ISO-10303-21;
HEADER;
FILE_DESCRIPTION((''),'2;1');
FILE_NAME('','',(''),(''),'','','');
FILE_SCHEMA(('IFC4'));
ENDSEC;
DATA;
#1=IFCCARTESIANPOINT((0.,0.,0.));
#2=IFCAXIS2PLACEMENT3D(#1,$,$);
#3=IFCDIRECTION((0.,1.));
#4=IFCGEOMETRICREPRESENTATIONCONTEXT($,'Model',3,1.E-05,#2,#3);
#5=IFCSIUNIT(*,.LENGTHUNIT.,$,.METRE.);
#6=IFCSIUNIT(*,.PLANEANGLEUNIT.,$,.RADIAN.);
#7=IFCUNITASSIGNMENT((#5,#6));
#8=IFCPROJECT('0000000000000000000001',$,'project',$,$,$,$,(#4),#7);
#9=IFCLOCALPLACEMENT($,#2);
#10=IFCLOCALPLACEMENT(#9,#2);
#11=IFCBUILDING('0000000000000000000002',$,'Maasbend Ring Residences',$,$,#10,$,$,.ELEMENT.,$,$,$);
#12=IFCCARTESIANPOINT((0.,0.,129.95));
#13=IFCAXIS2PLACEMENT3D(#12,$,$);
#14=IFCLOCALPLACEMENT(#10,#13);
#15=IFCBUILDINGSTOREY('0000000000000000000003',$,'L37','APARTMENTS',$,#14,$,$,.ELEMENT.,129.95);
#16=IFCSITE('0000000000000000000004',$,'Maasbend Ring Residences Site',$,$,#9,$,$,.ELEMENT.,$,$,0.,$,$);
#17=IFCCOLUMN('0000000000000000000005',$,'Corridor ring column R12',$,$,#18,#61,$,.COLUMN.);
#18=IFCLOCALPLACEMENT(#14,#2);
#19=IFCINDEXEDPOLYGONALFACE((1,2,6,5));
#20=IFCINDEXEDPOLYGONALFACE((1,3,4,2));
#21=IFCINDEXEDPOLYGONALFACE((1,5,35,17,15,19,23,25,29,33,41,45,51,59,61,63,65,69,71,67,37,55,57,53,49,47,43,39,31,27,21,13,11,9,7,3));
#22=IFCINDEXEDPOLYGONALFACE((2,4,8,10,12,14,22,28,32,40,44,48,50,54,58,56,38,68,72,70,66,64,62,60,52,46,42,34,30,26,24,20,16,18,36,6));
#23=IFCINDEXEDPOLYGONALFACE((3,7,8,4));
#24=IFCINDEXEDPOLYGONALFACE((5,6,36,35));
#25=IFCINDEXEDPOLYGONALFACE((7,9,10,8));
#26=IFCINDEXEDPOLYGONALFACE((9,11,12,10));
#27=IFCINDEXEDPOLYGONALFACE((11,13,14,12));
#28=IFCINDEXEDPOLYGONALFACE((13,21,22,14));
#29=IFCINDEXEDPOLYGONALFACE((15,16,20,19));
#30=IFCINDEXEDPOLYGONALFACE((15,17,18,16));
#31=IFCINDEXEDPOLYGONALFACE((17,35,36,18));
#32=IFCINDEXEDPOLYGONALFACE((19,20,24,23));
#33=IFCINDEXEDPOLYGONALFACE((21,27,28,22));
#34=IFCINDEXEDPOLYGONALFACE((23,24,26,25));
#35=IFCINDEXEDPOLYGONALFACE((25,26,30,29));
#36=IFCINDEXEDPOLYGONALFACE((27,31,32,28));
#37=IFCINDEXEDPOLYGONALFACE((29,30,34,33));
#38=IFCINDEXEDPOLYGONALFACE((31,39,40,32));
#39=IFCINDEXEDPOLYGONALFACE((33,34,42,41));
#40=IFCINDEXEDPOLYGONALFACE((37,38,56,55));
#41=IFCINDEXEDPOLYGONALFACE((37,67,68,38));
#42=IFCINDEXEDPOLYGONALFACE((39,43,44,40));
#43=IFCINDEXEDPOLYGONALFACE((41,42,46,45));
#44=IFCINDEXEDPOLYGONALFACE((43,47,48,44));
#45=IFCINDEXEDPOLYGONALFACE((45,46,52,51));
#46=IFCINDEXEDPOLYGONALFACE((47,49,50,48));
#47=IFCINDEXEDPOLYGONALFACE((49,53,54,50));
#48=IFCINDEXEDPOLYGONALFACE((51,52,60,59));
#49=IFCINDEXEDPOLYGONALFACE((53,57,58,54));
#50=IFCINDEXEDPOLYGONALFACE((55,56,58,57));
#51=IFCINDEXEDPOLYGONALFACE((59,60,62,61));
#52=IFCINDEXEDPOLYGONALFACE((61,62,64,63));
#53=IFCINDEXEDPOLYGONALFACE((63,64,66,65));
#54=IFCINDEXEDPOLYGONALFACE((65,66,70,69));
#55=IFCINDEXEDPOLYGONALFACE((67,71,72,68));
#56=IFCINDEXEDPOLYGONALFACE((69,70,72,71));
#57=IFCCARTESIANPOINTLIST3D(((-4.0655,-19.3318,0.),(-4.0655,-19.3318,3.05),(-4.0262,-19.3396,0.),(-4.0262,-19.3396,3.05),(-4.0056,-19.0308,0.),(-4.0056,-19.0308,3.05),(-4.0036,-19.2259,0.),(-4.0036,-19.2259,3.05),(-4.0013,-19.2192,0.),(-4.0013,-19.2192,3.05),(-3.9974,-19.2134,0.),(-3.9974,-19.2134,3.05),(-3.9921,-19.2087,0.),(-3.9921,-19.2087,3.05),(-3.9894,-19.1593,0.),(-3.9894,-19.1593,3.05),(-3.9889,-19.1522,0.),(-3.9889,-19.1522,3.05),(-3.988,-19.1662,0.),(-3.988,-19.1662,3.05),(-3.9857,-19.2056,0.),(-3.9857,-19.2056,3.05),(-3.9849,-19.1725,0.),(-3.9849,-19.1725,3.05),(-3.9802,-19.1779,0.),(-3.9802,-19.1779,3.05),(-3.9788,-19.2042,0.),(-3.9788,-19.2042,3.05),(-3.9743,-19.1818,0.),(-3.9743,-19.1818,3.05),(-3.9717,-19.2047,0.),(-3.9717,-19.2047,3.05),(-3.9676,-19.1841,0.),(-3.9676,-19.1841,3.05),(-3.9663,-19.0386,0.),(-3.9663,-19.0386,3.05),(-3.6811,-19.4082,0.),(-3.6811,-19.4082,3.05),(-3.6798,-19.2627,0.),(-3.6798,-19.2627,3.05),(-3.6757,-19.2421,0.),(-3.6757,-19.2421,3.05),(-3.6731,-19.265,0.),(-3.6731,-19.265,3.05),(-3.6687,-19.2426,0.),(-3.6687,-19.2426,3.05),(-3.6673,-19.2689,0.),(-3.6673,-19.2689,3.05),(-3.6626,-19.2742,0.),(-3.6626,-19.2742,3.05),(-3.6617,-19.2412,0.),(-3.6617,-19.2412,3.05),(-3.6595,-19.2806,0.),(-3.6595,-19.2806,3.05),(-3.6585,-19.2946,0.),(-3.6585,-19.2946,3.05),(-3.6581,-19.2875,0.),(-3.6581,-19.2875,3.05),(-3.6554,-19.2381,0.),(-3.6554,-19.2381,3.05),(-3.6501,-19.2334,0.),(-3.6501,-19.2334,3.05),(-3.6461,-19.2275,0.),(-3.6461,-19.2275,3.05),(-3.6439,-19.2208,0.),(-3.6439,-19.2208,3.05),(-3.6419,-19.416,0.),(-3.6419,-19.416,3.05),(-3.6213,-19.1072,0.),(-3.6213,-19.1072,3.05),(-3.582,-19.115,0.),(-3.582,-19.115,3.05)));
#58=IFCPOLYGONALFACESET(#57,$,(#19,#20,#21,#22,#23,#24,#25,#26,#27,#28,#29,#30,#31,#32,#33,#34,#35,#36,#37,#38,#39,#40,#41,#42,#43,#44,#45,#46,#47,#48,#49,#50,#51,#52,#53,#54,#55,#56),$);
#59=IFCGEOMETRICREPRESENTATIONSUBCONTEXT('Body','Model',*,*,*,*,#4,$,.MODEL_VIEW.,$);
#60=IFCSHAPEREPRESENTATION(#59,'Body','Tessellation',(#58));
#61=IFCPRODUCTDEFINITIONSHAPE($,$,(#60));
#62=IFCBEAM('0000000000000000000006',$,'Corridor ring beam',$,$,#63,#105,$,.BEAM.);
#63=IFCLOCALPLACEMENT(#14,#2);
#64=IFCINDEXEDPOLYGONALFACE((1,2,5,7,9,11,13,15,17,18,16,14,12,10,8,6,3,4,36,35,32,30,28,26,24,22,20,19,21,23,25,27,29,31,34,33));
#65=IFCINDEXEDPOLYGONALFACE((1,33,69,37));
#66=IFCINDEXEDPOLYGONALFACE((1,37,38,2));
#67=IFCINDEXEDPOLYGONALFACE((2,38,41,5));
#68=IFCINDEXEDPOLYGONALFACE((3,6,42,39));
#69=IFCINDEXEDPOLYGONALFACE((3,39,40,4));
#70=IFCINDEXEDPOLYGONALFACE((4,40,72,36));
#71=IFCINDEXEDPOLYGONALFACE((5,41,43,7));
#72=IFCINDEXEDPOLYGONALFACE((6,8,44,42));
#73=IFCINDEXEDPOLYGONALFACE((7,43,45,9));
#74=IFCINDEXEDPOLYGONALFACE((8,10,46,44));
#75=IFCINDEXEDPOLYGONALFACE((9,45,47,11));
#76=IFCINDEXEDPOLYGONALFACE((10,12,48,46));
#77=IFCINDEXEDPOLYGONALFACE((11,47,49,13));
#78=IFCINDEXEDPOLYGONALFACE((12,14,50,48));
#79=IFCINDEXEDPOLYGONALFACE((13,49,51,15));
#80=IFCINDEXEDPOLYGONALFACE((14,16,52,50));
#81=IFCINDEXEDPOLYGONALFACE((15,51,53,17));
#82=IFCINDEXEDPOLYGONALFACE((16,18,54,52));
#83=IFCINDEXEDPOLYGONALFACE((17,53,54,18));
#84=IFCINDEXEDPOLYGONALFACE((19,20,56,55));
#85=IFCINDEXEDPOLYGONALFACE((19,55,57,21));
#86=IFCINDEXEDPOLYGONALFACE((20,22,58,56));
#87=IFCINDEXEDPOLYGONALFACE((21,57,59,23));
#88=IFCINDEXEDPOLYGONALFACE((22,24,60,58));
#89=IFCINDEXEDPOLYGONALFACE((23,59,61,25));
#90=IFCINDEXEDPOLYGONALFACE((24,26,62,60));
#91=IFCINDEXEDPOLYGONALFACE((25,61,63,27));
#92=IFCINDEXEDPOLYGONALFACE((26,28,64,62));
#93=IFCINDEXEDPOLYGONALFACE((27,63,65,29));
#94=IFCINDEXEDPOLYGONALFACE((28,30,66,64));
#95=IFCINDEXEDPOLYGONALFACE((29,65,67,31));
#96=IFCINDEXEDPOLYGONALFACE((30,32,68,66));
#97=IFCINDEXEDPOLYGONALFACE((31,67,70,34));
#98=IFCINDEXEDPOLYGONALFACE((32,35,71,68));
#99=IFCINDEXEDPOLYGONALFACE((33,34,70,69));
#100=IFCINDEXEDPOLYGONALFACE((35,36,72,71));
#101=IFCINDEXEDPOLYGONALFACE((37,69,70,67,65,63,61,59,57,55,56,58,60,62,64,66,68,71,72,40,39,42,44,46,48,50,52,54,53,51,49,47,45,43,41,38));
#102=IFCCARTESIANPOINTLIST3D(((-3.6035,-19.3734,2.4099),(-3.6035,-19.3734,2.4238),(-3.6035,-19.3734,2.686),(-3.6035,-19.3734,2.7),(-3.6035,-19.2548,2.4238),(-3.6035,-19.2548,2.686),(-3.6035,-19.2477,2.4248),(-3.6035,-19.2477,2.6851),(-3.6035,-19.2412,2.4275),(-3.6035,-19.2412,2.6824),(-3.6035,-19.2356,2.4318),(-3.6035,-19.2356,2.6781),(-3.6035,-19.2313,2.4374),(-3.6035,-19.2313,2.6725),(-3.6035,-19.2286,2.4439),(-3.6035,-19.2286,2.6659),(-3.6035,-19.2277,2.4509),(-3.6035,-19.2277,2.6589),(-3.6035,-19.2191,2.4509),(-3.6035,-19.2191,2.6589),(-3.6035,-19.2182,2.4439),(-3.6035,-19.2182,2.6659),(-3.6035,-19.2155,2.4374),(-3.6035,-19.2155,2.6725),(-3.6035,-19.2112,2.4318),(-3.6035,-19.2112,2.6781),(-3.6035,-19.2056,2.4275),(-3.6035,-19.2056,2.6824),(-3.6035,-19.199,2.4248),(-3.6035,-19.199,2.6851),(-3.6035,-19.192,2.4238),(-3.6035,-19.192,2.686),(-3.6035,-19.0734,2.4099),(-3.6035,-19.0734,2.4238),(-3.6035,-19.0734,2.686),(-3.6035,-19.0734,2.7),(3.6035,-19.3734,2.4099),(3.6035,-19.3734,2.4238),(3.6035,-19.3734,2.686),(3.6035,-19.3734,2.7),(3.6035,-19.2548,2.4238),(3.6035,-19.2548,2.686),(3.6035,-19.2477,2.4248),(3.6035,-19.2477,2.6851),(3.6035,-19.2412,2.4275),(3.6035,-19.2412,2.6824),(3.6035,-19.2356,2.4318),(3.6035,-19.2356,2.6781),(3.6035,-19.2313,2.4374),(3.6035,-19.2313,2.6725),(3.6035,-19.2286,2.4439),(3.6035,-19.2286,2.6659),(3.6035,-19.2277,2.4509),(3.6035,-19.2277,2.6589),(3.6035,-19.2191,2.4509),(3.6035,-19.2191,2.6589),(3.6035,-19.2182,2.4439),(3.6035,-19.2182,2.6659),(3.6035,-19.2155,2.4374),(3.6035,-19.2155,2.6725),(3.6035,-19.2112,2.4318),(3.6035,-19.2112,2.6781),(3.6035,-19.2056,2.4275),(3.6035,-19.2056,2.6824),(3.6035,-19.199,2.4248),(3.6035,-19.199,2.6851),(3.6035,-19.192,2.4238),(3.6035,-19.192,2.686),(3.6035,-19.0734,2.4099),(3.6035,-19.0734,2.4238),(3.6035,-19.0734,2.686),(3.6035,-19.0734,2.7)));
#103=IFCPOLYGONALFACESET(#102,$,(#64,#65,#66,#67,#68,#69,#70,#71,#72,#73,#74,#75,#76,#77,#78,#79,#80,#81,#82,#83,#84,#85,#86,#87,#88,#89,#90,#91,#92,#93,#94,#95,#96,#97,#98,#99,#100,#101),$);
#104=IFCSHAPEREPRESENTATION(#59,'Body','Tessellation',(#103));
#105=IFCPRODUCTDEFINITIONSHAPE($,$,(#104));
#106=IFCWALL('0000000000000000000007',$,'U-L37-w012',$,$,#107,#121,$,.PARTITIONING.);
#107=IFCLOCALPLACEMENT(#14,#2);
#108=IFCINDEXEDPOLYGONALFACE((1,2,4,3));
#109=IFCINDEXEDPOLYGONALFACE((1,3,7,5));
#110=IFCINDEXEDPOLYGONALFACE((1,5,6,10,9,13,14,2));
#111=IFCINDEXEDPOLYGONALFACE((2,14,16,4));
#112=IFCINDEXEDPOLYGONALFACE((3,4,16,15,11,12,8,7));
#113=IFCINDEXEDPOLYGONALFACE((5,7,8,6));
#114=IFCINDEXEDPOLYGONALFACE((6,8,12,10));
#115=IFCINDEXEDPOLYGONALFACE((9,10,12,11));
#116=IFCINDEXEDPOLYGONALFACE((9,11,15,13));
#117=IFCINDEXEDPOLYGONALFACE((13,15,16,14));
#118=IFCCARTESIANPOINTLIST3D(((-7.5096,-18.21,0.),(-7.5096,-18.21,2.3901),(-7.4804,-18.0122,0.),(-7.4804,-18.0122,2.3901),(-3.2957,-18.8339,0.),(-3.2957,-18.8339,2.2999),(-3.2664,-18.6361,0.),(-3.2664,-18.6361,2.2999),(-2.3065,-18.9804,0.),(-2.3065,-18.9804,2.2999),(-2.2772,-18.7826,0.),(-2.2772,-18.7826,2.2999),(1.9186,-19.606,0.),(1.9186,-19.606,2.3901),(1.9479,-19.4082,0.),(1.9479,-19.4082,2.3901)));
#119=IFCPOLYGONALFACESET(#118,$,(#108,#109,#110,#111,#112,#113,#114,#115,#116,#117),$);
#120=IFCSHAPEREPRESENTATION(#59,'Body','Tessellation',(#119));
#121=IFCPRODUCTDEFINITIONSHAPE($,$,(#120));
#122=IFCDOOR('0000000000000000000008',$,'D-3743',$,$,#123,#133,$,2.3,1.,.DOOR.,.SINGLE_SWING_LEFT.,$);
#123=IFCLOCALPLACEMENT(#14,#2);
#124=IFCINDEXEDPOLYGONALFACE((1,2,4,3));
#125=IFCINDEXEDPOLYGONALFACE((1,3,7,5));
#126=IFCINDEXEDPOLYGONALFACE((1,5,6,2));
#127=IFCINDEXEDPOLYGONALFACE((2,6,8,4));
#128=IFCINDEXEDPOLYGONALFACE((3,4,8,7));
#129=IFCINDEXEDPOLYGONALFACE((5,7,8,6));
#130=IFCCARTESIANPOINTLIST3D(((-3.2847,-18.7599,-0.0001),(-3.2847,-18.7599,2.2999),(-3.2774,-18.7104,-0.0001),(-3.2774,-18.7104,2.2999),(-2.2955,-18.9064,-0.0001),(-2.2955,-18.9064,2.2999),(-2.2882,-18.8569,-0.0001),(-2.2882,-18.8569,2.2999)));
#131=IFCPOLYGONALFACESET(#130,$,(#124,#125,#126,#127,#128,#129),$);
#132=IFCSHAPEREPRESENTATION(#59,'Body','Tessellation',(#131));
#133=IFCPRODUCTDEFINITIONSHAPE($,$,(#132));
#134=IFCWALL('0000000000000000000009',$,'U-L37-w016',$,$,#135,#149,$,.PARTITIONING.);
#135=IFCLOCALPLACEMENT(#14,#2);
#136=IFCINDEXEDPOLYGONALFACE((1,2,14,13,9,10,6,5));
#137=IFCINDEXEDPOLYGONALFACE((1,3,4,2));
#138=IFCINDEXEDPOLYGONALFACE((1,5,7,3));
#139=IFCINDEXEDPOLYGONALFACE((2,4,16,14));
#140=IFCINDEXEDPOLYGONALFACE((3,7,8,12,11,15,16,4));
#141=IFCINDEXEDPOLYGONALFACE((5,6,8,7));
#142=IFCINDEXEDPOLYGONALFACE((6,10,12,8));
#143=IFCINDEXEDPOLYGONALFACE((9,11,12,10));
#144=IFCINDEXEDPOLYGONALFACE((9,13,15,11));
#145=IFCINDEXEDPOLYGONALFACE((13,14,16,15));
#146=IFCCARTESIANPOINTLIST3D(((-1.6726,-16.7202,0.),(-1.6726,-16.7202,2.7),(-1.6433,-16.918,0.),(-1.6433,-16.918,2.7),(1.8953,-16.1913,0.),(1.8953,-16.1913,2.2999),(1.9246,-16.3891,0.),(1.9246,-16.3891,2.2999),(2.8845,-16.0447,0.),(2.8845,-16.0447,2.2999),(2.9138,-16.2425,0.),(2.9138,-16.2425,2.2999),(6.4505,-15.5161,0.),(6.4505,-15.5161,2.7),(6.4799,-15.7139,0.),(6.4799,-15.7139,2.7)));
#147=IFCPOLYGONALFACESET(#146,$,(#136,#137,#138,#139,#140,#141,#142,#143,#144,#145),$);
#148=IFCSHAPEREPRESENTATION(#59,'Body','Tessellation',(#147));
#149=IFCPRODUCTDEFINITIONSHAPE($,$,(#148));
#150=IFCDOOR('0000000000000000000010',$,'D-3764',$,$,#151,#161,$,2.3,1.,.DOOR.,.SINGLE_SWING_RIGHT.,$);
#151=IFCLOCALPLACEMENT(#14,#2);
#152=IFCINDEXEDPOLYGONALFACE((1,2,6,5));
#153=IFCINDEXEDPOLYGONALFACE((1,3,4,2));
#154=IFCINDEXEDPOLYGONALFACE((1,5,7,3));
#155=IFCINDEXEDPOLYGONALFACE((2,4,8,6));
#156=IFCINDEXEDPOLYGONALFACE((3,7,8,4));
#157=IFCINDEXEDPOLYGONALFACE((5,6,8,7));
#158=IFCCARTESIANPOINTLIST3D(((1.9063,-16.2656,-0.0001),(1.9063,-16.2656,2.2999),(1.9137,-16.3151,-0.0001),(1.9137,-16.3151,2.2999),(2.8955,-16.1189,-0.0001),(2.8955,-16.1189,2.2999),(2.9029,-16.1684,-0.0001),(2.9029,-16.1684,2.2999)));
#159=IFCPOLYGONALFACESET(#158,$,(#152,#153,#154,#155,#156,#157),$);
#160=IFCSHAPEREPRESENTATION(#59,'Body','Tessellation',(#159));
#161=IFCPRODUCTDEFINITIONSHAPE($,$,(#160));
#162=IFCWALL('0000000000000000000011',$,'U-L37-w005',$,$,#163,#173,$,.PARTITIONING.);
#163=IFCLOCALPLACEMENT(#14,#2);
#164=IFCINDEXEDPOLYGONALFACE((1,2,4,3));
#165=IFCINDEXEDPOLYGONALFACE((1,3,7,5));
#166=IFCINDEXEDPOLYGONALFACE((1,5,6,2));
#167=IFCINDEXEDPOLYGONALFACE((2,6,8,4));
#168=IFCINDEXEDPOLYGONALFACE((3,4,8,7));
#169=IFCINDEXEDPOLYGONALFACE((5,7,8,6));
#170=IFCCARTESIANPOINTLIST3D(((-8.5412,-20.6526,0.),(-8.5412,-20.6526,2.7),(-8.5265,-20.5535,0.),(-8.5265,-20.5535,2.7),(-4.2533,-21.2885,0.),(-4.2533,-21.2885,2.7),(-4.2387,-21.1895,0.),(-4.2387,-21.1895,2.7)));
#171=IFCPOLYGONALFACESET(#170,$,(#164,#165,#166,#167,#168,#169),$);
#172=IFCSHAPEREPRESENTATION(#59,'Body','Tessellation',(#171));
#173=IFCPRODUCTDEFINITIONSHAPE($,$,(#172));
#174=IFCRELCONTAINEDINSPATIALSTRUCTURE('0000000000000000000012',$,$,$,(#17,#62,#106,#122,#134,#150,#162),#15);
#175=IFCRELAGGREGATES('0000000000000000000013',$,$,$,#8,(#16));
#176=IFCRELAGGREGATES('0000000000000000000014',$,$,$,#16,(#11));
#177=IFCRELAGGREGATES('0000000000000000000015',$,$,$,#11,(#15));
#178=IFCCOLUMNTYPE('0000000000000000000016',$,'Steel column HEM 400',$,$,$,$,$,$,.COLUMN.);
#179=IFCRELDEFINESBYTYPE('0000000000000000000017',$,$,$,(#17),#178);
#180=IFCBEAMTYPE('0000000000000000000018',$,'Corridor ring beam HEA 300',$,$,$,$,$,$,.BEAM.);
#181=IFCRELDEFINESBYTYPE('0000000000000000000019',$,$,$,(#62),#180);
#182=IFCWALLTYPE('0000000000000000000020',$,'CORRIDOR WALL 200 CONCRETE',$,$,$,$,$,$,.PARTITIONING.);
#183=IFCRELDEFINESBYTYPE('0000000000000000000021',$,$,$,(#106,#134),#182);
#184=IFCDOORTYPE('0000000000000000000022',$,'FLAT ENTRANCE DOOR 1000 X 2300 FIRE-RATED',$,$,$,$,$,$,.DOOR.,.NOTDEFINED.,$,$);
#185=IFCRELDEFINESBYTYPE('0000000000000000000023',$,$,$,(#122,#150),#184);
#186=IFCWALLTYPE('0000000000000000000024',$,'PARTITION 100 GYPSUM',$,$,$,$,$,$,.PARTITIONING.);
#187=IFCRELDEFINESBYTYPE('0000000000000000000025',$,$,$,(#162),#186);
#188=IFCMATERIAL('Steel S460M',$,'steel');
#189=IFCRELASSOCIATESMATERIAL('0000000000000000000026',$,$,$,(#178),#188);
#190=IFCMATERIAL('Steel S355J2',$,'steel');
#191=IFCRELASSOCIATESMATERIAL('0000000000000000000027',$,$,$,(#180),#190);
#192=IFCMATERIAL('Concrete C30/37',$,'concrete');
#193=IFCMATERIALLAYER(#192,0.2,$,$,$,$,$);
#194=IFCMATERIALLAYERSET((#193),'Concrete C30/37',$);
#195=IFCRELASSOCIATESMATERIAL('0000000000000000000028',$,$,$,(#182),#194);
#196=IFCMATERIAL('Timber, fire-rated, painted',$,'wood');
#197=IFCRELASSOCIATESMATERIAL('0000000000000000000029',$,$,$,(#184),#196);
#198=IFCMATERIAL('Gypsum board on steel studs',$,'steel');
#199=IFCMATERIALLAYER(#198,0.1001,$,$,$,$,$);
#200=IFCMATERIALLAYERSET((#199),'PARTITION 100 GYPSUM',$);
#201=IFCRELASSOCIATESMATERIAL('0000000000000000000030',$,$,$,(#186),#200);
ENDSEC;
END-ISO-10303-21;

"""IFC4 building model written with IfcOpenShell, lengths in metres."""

from ifc_helpers import new_model, si_unit, direction, frame, frame_2d, origin, origin_2d, place, context, subcontext, project, spatial, rectangle, i_section, extrude, material, layer, layer_set, material_profile, profile_set, type_object, element, fill, save


model = new_model("IFC4")

# Units and contexts
model_context = context("Model", 3, precision=1e-05, world=origin(), true_north=direction((0.0, 1.0)))
body_context = subcontext(model_context, "Body", "Model", "MODEL_VIEW")
ifc_project = project(units=[si_unit("LENGTHUNIT", "METRE"), si_unit("PLANEANGLEUNIT", "RADIAN")], contexts=[model_context])

# Site, building, storey
site_placement = place(None, origin())
site = spatial("IfcSite", under=ifc_project, at=site_placement, Name="Maasbend Ring Residences Site", CompositionType="ELEMENT", RefElevation=0.0)
building_placement = place(site_placement, origin())
building = spatial("IfcBuilding", under=site, at=building_placement, Name="Maasbend Ring Residences", CompositionType="ELEMENT")
storey_placement = place(building_placement, frame((0.0, 0.0, 129.95)))
storey = spatial("IfcBuildingStorey", under=building, at=storey_placement, Name="L37", Description="APARTMENTS", CompositionType="ELEMENT", Elevation=129.95)

# Column
ifc_material_1 = material(Name="Steel S460M", Category="steel")
ifc_material_profile_1 = material_profile(ifc_material_1, i_section(OverallWidth=0.3069, OverallDepth=0.4319, WebThickness=0.021, FlangeThickness=0.04, FilletRadius=0.0271, at=origin_2d()), Name="HEM 400")
ifc_profile_set_1 = profile_set([ifc_material_profile_1], Name="Steel S460M")
column_type = type_object("IfcColumnType", Name="Steel column HEM 400", PredefinedType="COLUMN", material=ifc_profile_set_1)
column_placement = place(storey_placement, frame((-3.8237, -19.2234, 0.0), z_axis=(0.0, 0.0, 1.0), x_axis=(-0.19509, -0.980785, 0.0)))
element("IfcColumn", 1, at=column_placement, inside=storey, type_object=column_type, Name="Corridor ring column R12", PredefinedType="COLUMN", context=body_context, shape_type="SweptSolid", body=[
    extrude(i_section(OverallWidth=0.3069, OverallDepth=0.4319, WebThickness=0.021, FlangeThickness=0.04, FilletRadius=0.0271, at=origin_2d()), origin(), (0.0, 0.0, 1.0), 3.05),
])

# Beam
ifc_material_2 = material(Name="Steel S355J2", Category="steel")
ifc_material_profile_2 = material_profile(ifc_material_2, i_section(OverallWidth=0.3, OverallDepth=0.29, WebThickness=0.0085, FlangeThickness=0.0139, FilletRadius=0.0271, at=origin_2d()), Name="HEA 300")
ifc_profile_set_2 = profile_set([ifc_material_profile_2], Name="Steel S355J2")
beam_type = type_object("IfcBeamType", Name="Corridor ring beam HEA 300", PredefinedType="BEAM", material=ifc_profile_set_2)
beam_placement = place(storey_placement, frame((-3.6035, -19.2234, 2.5549), z_axis=(1.0, 0.0, 0.0), x_axis=(0.0, 1.0, 0.0)))
element("IfcBeam", 2, at=beam_placement, inside=storey, type_object=beam_type, Name="Corridor ring beam", PredefinedType="BEAM", context=body_context, shape_type="SweptSolid", body=[
    extrude(i_section(OverallWidth=0.3, OverallDepth=0.29, WebThickness=0.0085, FlangeThickness=0.0139, FilletRadius=0.0271, at=origin_2d()), origin(), (0.0, 0.0, 1.0), 7.207),
])

# Walls, openings, doors
ifc_material_3 = material(Name="Concrete C30/37", Category="concrete")
ifc_layer_1 = layer(ifc_material_3, 0.2)
ifc_layer_set_1 = layer_set([ifc_layer_1], Name="Concrete C30/37")
wall_type_1 = type_object("IfcWallType", Name="CORRIDOR WALL 200 CONCRETE", PredefinedType="PARTITIONING", material=ifc_layer_set_1)
wall_1_placement = place(storey_placement, frame((-7.4951, -18.1111, 0.0), z_axis=(0.0, 0.0, 1.0), x_axis=(0.989215, -0.146469, 0.0)))
wall_1 = element("IfcWall", 3, at=wall_1_placement, inside=storey, type_object=wall_type_1, Name="U-L37-w012", PredefinedType="PARTITIONING", context=body_context, shape_type="SweptSolid", body=[
    extrude(rectangle(XDim=9.531, YDim=0.2, at=frame_2d((4.7656, 0.0))), origin(), (0.0, 0.0, 1.0), 2.3901),
])
opening_1_placement = place(wall_1_placement, frame((4.26, 0.0, 0.0)))
opening_1 = element("IfcOpeningElement", 4, at=opening_1_placement, cuts=wall_1, PredefinedType="OPENING", context=body_context, shape_type="SweptSolid", body=[
    extrude(rectangle(XDim=1.0, YDim=2.3, at=frame_2d((0.5, 1.1499))), frame((0.0, 0.1099, 0.0), z_axis=(0.0, -1.0, 0.0), x_axis=(1.0, 0.0, 0.0)), (0.0, 0.0, 1.0), 0.22),
])
ifc_material_4 = material(Name="Timber, fire-rated, painted", Category="wood")
door_type_1 = type_object("IfcDoorType", Name="FLAT ENTRANCE DOOR 1000 X 2300 FIRE-RATED", OperationType="NOTDEFINED", PredefinedType="DOOR", material=ifc_material_4)
door_1_placement = place(opening_1_placement, origin())
door_1 = element("IfcDoor", 5, at=door_1_placement, inside=storey, type_object=door_type_1, Name="D-3743", OperationType="SINGLE_SWING_LEFT", OverallHeight=2.3, OverallWidth=1.0, PredefinedType="DOOR", context=body_context, shape_type="SweptSolid", body=[
    extrude(rectangle(XDim=1.0, YDim=2.3, at=frame_2d((0.5, 1.1499))), frame((0.0, 0.0249, 0.0), z_axis=(0.0, -1.0, 0.0), x_axis=(1.0, 0.0, 0.0)), (0.0, 0.0, 1.0), 0.05),
])
fill(opening_1, door_1)
wall_2_placement = place(storey_placement, frame((-1.658, -16.8191, 0.0), z_axis=(0.0, 0.0, 1.0), x_axis=(0.989191, 0.146631, 0.0)))
wall_2 = element("IfcWall", 6, at=wall_2_placement, inside=storey, type_object=wall_type_1, Name="U-L37-w016", PredefinedType="PARTITIONING", context=body_context, shape_type="SweptSolid", body=[
    extrude(rectangle(XDim=8.2119, YDim=0.2, at=frame_2d((4.106, 0.0))), origin(), (0.0, 0.0, 1.0), 2.7),
])
opening_2_placement = place(wall_2_placement, frame((3.6069, 0.0, 0.0)))
opening_2 = element("IfcOpeningElement", 7, at=opening_2_placement, cuts=wall_2, PredefinedType="OPENING", context=body_context, shape_type="SweptSolid", body=[
    extrude(rectangle(XDim=1.0, YDim=2.3, at=frame_2d((0.5, 1.1499))), frame((0.0, 0.1099, 0.0), z_axis=(0.0, -1.0, 0.0), x_axis=(1.0, 0.0, 0.0)), (0.0, 0.0, 1.0), 0.22),
])
door_2_placement = place(opening_2_placement, origin())
door_2 = element("IfcDoor", 8, at=door_2_placement, inside=storey, type_object=door_type_1, Name="D-3764", OperationType="SINGLE_SWING_RIGHT", OverallHeight=2.3, OverallWidth=1.0, PredefinedType="DOOR", context=body_context, shape_type="SweptSolid", body=[
    extrude(rectangle(XDim=1.0, YDim=2.3, at=frame_2d((0.5, 1.1499))), frame((0.0, 0.0249, 0.0), z_axis=(0.0, -1.0, 0.0), x_axis=(1.0, 0.0, 0.0)), (0.0, 0.0, 1.0), 0.05),
])
fill(opening_2, door_2)

# Wall
ifc_material_5 = material(Name="Gypsum board on steel studs", Category="steel")
ifc_layer_2 = layer(ifc_material_5, 0.1001)
ifc_layer_set_2 = layer_set([ifc_layer_2], Name="PARTITION 100 GYPSUM")
wall_type_2 = type_object("IfcWallType", Name="PARTITION 100 GYPSUM", PredefinedType="PARTITIONING", material=ifc_layer_set_2)
wall_3_placement = place(storey_placement, frame((-8.5339, -20.603, 0.0), z_axis=(0.0, 0.0, 1.0), x_axis=(0.989178, -0.146718, 0.0)))
element("IfcWall", 9, at=wall_3_placement, inside=storey, type_object=wall_type_2, Name="U-L37-w005", PredefinedType="PARTITIONING", context=body_context, shape_type="SweptSolid", body=[
    extrude(rectangle(XDim=4.3347, YDim=0.1001, at=frame_2d((2.1675, 0.0))), origin(), (0.0, 0.0, 1.0), 2.7),
])

save(model, "model.ifc")
